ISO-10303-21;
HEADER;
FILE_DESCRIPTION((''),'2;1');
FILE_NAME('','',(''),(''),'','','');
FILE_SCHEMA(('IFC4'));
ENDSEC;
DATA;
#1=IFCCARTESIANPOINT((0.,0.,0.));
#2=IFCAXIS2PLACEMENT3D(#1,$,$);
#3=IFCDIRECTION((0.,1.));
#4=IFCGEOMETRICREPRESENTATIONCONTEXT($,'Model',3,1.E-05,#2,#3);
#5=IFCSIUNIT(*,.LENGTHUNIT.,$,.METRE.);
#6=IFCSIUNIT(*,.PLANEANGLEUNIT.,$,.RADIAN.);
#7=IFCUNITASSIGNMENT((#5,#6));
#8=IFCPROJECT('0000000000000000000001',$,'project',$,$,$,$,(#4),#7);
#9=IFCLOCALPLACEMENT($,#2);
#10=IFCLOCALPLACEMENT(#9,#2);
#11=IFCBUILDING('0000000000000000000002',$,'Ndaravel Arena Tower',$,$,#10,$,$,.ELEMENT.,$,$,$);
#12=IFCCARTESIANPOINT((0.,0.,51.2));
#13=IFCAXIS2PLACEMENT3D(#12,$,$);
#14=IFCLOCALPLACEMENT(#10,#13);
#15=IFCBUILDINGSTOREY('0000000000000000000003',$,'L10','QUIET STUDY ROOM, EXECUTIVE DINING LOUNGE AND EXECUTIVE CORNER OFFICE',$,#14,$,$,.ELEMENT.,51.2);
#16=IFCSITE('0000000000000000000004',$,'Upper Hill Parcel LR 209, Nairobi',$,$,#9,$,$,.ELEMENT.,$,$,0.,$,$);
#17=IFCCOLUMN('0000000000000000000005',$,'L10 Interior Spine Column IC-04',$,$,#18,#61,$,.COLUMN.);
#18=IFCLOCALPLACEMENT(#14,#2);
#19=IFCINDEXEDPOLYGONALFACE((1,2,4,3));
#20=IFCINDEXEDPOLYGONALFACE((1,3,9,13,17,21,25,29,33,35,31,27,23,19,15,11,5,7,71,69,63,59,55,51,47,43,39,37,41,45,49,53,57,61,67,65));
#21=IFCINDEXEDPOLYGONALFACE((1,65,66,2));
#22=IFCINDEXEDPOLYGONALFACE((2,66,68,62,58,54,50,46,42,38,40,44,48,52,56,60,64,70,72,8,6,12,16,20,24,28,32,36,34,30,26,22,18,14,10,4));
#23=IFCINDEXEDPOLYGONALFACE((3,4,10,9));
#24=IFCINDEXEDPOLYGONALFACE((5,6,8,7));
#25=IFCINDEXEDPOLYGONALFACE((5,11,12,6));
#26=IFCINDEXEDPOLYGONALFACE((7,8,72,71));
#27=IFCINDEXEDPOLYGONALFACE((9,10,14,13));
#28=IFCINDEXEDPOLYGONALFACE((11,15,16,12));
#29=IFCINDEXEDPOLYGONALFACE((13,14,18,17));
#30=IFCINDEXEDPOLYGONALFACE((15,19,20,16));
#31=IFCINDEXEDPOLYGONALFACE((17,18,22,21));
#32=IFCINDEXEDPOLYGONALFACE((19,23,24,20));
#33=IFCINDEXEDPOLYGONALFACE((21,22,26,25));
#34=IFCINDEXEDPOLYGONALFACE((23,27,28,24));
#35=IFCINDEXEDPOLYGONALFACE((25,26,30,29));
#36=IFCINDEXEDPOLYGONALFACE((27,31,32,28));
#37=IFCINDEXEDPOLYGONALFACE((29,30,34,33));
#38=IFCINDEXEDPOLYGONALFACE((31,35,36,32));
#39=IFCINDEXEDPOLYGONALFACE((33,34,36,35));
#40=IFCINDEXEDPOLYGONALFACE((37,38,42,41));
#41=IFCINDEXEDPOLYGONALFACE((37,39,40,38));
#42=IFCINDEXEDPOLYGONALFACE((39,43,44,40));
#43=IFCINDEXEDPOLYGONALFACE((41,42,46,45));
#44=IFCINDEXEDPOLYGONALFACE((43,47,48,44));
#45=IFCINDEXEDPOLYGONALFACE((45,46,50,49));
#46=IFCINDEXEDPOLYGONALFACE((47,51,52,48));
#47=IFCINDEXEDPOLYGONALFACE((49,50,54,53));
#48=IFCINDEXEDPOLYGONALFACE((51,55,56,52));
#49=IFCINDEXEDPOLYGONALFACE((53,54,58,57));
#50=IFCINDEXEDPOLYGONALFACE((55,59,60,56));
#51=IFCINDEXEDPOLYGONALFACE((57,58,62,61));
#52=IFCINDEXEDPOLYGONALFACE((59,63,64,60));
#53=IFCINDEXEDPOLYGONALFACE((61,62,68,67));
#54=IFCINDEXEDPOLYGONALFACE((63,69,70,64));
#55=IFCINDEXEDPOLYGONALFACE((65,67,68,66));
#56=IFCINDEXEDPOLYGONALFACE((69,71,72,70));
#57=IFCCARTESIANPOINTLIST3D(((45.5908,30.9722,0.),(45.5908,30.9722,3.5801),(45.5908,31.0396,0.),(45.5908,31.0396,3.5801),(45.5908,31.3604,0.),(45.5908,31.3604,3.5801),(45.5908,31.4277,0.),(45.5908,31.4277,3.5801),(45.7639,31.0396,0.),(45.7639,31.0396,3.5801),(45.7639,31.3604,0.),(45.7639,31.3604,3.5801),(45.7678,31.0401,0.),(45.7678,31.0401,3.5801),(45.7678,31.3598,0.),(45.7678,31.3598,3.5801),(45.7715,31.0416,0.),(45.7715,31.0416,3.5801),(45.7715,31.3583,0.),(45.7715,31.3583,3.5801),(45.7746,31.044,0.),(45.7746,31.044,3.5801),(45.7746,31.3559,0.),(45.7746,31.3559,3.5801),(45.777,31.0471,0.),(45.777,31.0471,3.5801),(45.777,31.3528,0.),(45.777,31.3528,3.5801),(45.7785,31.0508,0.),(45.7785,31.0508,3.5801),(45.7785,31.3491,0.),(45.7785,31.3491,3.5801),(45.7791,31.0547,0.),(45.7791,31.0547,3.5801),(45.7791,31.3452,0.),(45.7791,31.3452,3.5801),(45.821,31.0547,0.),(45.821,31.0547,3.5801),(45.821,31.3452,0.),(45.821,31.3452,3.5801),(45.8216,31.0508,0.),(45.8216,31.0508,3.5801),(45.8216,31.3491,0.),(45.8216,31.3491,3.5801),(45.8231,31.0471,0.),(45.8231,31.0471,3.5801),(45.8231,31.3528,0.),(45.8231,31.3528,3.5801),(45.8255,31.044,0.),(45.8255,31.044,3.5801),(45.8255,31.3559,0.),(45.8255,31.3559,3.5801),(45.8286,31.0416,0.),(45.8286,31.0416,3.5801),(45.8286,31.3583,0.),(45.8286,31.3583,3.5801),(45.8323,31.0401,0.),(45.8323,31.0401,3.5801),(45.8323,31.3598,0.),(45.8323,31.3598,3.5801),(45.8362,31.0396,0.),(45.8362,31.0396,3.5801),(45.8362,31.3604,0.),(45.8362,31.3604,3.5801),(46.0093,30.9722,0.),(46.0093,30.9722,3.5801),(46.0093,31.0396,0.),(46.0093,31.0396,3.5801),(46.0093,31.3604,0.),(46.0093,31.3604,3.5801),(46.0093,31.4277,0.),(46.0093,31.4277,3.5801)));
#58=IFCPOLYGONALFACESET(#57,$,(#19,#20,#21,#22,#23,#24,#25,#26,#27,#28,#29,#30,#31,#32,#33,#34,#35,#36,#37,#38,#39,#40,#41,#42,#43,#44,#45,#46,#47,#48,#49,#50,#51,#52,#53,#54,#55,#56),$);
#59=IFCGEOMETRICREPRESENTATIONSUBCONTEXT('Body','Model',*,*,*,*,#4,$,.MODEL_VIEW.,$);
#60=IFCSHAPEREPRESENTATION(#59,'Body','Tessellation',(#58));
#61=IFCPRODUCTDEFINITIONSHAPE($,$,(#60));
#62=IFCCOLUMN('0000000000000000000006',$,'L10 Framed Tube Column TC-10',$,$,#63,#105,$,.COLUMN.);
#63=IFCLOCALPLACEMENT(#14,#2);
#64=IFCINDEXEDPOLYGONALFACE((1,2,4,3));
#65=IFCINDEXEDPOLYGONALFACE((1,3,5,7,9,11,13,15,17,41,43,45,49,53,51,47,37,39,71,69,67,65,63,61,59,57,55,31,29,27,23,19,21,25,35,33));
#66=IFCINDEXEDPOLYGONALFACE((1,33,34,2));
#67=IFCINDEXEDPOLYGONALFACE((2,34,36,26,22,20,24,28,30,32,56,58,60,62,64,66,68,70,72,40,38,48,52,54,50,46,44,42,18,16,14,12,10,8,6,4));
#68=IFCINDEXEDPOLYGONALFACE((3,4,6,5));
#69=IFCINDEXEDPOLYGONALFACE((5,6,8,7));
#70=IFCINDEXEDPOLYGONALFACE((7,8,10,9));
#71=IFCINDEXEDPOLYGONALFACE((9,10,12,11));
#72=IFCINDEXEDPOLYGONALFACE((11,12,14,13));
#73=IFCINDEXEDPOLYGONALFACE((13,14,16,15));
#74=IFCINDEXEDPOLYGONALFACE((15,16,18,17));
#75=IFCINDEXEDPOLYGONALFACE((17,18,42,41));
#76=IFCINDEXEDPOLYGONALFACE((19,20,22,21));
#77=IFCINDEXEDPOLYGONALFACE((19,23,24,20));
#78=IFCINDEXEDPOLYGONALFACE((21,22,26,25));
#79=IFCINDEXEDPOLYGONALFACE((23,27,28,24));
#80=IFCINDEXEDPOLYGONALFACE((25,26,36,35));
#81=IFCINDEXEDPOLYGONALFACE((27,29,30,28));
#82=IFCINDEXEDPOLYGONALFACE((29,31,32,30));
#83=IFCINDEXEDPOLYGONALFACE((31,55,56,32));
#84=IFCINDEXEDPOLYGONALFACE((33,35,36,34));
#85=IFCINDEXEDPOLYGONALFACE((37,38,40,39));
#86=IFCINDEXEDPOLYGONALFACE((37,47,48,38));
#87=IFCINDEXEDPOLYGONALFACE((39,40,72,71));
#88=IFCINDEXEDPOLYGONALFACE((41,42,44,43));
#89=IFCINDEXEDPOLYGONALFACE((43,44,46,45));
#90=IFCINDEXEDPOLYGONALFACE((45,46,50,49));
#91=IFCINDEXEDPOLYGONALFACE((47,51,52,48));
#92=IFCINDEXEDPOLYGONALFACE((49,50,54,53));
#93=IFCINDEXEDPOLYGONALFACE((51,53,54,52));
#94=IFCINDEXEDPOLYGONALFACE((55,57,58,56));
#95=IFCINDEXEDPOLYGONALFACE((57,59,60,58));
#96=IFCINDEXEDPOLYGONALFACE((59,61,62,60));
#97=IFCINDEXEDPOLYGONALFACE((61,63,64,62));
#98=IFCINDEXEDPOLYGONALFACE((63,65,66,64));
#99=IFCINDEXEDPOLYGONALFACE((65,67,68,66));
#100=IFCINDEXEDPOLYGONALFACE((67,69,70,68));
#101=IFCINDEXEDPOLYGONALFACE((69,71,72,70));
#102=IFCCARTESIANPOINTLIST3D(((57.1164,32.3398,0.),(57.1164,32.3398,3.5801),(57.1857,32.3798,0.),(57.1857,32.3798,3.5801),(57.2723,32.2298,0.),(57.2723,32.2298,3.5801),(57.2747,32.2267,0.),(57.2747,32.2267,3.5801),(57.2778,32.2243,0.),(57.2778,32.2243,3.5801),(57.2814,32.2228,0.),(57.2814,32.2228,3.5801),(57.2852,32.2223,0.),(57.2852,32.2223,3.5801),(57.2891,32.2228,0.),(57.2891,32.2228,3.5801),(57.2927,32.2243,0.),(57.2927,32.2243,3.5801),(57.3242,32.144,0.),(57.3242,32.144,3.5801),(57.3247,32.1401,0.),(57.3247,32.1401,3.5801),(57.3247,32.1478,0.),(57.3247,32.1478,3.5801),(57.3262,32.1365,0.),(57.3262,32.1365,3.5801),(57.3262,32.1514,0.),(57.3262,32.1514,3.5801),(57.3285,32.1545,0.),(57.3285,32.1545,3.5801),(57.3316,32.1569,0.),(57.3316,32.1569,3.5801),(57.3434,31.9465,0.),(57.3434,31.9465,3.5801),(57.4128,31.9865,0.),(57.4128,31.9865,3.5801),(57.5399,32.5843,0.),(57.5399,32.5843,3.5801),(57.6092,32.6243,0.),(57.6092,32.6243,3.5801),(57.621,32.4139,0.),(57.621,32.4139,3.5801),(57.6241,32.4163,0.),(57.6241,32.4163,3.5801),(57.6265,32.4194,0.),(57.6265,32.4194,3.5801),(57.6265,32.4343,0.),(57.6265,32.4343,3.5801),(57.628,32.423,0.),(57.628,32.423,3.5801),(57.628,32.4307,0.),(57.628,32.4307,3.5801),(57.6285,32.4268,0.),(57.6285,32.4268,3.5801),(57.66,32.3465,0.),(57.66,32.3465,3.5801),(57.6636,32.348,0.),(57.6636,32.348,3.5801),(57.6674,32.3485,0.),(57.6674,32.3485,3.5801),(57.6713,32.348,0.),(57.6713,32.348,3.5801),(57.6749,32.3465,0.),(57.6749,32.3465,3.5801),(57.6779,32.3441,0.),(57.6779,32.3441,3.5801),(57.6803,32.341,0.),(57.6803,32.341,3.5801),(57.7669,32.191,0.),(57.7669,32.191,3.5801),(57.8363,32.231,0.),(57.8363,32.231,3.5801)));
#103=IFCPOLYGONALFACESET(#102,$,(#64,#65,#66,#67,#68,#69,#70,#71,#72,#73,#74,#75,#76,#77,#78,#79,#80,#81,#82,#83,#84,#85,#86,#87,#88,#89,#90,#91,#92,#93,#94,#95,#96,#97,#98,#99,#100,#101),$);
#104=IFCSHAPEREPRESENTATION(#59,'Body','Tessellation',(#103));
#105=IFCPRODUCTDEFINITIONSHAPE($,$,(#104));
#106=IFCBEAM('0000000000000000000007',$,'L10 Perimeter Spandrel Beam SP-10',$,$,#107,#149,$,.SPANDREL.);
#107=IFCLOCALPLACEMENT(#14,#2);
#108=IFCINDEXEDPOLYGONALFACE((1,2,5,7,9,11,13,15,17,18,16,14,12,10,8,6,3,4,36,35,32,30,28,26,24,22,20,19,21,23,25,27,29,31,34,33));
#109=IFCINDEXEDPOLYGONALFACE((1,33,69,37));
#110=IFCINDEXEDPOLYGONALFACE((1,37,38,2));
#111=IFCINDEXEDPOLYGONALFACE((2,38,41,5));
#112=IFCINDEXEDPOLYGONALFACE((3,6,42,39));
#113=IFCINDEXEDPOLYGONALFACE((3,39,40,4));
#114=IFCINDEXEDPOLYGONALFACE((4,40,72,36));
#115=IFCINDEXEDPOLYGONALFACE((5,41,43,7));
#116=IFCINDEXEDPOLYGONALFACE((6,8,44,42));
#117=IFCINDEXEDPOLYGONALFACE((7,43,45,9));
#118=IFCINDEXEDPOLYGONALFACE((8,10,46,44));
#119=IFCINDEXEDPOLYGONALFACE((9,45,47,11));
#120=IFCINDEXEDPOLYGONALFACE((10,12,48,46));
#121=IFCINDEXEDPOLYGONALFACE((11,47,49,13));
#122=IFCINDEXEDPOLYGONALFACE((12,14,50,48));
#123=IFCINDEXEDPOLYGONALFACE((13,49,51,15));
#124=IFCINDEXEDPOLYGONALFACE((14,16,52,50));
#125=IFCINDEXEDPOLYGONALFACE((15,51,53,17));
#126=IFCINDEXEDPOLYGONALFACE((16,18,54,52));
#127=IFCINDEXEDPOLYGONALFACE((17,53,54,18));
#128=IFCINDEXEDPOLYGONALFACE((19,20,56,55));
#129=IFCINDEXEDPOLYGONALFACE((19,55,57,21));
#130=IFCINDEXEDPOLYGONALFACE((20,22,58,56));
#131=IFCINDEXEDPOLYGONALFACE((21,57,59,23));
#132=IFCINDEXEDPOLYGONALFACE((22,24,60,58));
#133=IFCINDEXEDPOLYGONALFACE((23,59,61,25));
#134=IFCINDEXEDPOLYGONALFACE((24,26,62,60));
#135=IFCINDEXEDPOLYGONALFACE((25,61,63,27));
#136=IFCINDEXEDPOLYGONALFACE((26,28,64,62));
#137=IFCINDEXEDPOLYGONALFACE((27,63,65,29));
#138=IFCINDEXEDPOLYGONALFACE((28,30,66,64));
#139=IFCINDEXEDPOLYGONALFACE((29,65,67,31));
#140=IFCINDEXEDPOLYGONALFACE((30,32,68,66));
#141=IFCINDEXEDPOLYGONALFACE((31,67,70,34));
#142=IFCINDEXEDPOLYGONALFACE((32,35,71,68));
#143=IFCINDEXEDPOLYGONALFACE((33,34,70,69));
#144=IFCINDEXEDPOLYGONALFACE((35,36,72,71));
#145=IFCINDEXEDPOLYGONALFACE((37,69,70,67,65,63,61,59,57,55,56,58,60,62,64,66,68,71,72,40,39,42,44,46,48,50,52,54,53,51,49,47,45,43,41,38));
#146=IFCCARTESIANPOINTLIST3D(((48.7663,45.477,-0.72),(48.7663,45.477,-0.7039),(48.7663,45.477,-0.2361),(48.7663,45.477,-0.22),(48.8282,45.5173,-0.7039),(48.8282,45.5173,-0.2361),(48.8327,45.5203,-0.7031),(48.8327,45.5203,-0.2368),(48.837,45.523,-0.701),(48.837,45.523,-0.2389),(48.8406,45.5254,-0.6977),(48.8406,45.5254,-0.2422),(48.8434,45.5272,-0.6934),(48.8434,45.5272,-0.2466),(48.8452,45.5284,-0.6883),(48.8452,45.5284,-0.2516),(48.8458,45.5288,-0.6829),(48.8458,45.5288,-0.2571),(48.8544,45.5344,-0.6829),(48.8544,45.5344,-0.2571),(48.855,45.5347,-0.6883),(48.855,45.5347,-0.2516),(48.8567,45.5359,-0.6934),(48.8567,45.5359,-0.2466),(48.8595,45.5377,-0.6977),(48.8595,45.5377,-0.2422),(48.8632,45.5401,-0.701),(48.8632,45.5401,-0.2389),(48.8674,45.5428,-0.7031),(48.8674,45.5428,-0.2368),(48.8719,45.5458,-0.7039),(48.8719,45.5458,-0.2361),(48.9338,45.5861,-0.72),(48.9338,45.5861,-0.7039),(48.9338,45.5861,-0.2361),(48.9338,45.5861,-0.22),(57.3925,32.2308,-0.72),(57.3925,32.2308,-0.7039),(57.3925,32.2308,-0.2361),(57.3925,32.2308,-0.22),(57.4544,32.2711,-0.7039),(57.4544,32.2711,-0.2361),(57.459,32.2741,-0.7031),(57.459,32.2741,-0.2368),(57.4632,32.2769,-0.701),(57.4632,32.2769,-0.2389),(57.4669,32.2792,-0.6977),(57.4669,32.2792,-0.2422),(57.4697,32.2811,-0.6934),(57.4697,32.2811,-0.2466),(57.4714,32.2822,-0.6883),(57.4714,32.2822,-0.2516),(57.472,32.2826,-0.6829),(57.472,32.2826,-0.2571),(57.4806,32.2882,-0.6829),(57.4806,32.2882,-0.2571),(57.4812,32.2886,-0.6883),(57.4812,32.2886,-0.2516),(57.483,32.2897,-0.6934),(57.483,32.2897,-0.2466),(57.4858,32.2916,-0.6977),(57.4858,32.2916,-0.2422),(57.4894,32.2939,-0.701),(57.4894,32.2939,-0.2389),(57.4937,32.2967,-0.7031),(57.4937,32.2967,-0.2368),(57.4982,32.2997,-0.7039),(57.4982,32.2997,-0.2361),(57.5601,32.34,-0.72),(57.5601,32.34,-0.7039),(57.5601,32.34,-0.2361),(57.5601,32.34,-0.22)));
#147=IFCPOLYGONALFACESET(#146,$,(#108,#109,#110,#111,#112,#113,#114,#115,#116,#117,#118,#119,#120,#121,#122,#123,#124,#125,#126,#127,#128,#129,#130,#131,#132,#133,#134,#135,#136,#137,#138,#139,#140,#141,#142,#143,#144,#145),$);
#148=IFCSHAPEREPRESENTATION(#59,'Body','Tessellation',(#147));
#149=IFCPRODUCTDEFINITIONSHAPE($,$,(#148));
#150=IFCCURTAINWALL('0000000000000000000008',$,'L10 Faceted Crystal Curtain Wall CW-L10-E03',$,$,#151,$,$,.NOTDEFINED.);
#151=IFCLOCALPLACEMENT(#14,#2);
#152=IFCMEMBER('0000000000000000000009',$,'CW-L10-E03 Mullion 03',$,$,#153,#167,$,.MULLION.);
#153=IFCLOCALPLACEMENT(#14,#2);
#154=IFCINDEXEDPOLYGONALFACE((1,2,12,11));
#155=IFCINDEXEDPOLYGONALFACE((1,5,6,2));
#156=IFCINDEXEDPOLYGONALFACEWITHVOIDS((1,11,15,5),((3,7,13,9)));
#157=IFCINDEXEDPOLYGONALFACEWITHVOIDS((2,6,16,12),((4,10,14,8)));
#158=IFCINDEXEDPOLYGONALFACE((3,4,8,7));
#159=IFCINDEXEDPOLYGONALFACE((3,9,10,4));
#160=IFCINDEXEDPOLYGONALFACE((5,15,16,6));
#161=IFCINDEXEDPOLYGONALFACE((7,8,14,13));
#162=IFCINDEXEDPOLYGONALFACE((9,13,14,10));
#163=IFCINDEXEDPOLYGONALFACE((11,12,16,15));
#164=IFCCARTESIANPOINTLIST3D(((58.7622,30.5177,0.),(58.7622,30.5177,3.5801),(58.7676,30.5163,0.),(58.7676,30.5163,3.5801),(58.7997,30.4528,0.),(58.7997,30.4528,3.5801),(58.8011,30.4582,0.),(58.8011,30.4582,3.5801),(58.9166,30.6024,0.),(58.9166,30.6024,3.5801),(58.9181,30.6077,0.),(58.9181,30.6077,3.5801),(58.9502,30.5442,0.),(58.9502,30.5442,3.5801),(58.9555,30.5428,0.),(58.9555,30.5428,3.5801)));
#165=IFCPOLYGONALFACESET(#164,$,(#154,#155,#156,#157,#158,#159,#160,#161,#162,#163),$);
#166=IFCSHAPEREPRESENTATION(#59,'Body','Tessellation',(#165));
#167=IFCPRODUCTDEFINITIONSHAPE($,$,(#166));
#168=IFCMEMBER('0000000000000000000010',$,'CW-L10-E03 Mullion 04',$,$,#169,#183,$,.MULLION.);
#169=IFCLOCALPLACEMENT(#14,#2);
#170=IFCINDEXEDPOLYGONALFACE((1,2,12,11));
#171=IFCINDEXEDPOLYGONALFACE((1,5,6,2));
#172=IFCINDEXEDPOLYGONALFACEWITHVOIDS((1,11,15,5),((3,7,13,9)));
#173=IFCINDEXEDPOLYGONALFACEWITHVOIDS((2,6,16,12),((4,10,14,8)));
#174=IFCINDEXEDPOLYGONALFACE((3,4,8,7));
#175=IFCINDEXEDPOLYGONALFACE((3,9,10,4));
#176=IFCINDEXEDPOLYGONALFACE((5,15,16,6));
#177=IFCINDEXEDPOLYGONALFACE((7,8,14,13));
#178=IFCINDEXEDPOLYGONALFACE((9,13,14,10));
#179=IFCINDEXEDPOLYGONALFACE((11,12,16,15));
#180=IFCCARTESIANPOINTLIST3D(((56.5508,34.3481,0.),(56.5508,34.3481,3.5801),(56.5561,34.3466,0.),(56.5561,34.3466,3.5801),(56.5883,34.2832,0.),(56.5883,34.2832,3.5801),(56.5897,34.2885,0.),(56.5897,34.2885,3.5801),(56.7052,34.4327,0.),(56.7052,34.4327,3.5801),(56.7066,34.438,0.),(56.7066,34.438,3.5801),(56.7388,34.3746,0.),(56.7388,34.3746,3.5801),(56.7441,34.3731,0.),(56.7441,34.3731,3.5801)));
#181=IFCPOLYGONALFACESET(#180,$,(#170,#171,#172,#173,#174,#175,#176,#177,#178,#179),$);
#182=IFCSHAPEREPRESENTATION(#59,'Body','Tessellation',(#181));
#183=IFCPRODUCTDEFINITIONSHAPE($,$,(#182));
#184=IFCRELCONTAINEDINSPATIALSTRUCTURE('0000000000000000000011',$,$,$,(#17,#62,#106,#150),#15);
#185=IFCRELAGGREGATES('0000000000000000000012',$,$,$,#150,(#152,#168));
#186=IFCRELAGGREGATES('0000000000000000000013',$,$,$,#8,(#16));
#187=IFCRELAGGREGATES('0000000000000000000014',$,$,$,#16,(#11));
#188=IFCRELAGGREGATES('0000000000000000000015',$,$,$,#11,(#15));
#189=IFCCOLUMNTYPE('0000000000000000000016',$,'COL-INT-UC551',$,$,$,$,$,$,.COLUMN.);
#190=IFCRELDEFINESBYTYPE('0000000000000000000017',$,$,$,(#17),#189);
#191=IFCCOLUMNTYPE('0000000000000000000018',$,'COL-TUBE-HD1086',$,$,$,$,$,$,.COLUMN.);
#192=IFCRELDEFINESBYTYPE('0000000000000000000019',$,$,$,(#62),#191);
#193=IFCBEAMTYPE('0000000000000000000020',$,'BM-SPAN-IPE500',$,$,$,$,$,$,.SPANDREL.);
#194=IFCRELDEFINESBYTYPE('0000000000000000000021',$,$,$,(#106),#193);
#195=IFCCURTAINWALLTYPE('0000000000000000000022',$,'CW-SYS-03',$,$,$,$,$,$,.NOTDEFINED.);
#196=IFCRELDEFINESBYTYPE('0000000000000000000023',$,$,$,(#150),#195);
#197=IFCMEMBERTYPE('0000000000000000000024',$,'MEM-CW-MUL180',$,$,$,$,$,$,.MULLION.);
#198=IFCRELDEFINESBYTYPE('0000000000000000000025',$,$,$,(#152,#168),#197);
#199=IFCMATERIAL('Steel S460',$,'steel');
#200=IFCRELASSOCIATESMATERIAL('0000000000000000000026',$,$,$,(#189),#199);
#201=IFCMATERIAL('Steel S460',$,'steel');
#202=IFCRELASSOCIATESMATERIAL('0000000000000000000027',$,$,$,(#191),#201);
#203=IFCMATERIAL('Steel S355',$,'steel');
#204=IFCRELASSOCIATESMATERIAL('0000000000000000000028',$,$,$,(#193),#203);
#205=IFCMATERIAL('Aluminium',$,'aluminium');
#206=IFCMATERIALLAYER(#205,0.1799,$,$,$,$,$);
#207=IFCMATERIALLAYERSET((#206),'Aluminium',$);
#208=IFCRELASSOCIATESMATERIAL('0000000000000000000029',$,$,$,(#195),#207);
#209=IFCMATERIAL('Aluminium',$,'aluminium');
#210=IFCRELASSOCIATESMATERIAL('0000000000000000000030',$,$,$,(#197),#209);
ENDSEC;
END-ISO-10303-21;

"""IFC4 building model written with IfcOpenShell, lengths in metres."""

from ifc_helpers import new_model, si_unit, direction, frame, origin, origin_2d, place, context, subcontext, project, spatial, hollow_rectangle, i_section, extrude, material, layer, layer_set, material_profile, profile_set, type_object, element, aggregate, save


model = new_model("IFC4")

# Units and contexts
model_context = context("Model", 3, precision=1e-05, world=origin(), true_north=direction((0.0, 1.0)))
body_context = subcontext(model_context, "Body", "Model", "MODEL_VIEW")
ifc_project = project(units=[si_unit("LENGTHUNIT", "METRE"), si_unit("PLANEANGLEUNIT", "RADIAN")], contexts=[model_context])

# Site, building, storey
site_placement = place(None, origin())
site = spatial("IfcSite", under=ifc_project, at=site_placement, Name="Upper Hill Parcel LR 209, Nairobi", CompositionType="ELEMENT", RefElevation=0.0)
building_placement = place(site_placement, origin())
building = spatial("IfcBuilding", under=site, at=building_placement, Name="Ndaravel Arena Tower", CompositionType="ELEMENT")
storey_placement = place(building_placement, frame((0.0, 0.0, 51.2)))
storey = spatial("IfcBuildingStorey", under=building, at=storey_placement, Name="L10", Description="QUIET STUDY ROOM, EXECUTIVE DINING LOUNGE AND EXECUTIVE CORNER OFFICE", CompositionType="ELEMENT", Elevation=51.2)

# Columns
ifc_material_1 = material(Name="Steel S460", Category="steel")
ifc_material_profile_1 = material_profile(ifc_material_1, i_section(OverallWidth=0.4185, OverallDepth=0.4556, WebThickness=0.042, FlangeThickness=0.0674, FilletRadius=0.0151, at=origin_2d()), Name="UC 356x406x551")
ifc_profile_set_1 = profile_set([ifc_material_profile_1], Name="Steel S460")
column_type_1 = type_object("IfcColumnType", Name="COL-INT-UC551", PredefinedType="COLUMN", material=ifc_profile_set_1)
column_1_placement = place(storey_placement, frame((45.8, 31.2, 0.0), z_axis=(0.0, 0.0, 1.0), x_axis=(1.0, 0.0, 0.0)))
element("IfcColumn", 1, at=column_1_placement, inside=storey, type_object=column_type_1, Name="L10 Interior Spine Column IC-04", PredefinedType="COLUMN", context=body_context, shape_type="SweptSolid", body=[
    extrude(i_section(OverallWidth=0.4185, OverallDepth=0.4556, WebThickness=0.042, FlangeThickness=0.0674, FilletRadius=0.0151, at=origin_2d()), origin(), (0.0, 0.0, 1.0), 3.5801),
])
ifc_material_2 = material(Name="Steel S460", Category="steel")
ifc_material_profile_2 = material_profile(ifc_material_2, i_section(OverallWidth=0.4541, OverallDepth=0.5691, WebThickness=0.0779, FlangeThickness=0.0801, FilletRadius=0.0149, at=origin_2d()), Name="HD 400x1086")
ifc_profile_set_2 = profile_set([ifc_material_profile_2], Name="Steel S460")
column_type_2 = type_object("IfcColumnType", Name="COL-TUBE-HD1086", PredefinedType="COLUMN", material=ifc_profile_set_2)
column_2_placement = place(storey_placement, frame((57.4763, 32.2854, 0.0), z_axis=(0.0, 0.0, 1.0), x_axis=(-0.5, 0.866025, 0.0)))
element("IfcColumn", 2, at=column_2_placement, inside=storey, type_object=column_type_2, Name="L10 Framed Tube Column TC-10", PredefinedType="COLUMN", context=body_context, shape_type="SweptSolid", body=[
    extrude(i_section(OverallWidth=0.4541, OverallDepth=0.5691, WebThickness=0.0779, FlangeThickness=0.0801, FilletRadius=0.0149, at=origin_2d()), origin(), (0.0, 0.0, 1.0), 3.5801),
])

# Beam
ifc_material_3 = material(Name="Steel S355", Category="steel")
ifc_material_profile_3 = material_profile(ifc_material_3, i_section(OverallWidth=0.2, OverallDepth=0.5, WebThickness=0.0103, FlangeThickness=0.0161, FilletRadius=0.021, at=origin_2d()), Name="IPE 500")
ifc_profile_set_3 = profile_set([ifc_material_profile_3], Name="Steel S355")
beam_type = type_object("IfcBeamType", Name="BM-SPAN-IPE500", PredefinedType="SPANDREL", material=ifc_profile_set_3)
beam_placement = place(storey_placement, frame((57.4763, 32.2854, -0.47), z_axis=(-0.545711, 0.837973, 0.0), x_axis=(-0.837973, -0.545711, 0.0)))
element("IfcBeam", 3, at=beam_placement, inside=storey, type_object=beam_type, Name="L10 Perimeter Spandrel Beam SP-10", PredefinedType="SPANDREL", context=body_context, shape_type="SweptSolid", body=[
    extrude(i_section(OverallWidth=0.2, OverallDepth=0.5, WebThickness=0.0103, FlangeThickness=0.0161, FilletRadius=0.021, at=origin_2d()), origin(), (0.0, 0.0, 1.0), 15.8074),
])

# Curtain wall, members
ifc_material_4 = material(Name="Aluminium", Category="aluminium")
ifc_layer_1 = layer(ifc_material_4, 0.1799)
ifc_layer_set_1 = layer_set([ifc_layer_1], Name="Aluminium")
curtain_wall_type = type_object("IfcCurtainWallType", Name="CW-SYS-03", PredefinedType="NOTDEFINED", material=ifc_layer_set_1)
curtain_wall_placement = place(storey_placement, origin())
curtain_wall = element("IfcCurtainWall", 4, at=curtain_wall_placement, inside=storey, type_object=curtain_wall_type, Name="L10 Faceted Crystal Curtain Wall CW-L10-E03", PredefinedType="NOTDEFINED")
ifc_material_5 = material(Name="Aluminium", Category="aluminium")
ifc_material_profile_4 = material_profile(ifc_material_5, hollow_rectangle(XDim=0.075, YDim=0.1799, WallThickness=0.0039, at=origin_2d()), Name="CW MULLION 75x180x4")
ifc_profile_set_4 = profile_set([ifc_material_profile_4], Name="Aluminium")
member_type = type_object("IfcMemberType", Name="MEM-CW-MUL180", PredefinedType="MULLION", material=ifc_profile_set_4)
member_1_placement = place(storey_placement, frame((58.8589, 30.5303, 0.0), z_axis=(0.0, 0.0, 1.0), x_axis=(-0.5, 0.866025, 0.0)))
member_1 = element("IfcMember", 5, at=member_1_placement, type_object=member_type, Name="CW-L10-E03 Mullion 03", PredefinedType="MULLION", context=body_context, shape_type="SweptSolid", body=[
    extrude(hollow_rectangle(XDim=0.075, YDim=0.1799, WallThickness=0.0039, at=origin_2d()), origin(), (0.0, 0.0, 1.0), 3.5801),
])
member_2_placement = place(storey_placement, frame((56.6475, 34.3606, 0.0), z_axis=(0.0, 0.0, 1.0), x_axis=(-0.5, 0.866025, 0.0)))
member_2 = element("IfcMember", 6, at=member_2_placement, type_object=member_type, Name="CW-L10-E03 Mullion 04", PredefinedType="MULLION", context=body_context, shape_type="SweptSolid", body=[
    extrude(hollow_rectangle(XDim=0.075, YDim=0.1799, WallThickness=0.0039, at=origin_2d()), origin(), (0.0, 0.0, 1.0), 3.5801),
])
aggregate(curtain_wall, [member_1, member_2])

save(model, "model.ifc")
